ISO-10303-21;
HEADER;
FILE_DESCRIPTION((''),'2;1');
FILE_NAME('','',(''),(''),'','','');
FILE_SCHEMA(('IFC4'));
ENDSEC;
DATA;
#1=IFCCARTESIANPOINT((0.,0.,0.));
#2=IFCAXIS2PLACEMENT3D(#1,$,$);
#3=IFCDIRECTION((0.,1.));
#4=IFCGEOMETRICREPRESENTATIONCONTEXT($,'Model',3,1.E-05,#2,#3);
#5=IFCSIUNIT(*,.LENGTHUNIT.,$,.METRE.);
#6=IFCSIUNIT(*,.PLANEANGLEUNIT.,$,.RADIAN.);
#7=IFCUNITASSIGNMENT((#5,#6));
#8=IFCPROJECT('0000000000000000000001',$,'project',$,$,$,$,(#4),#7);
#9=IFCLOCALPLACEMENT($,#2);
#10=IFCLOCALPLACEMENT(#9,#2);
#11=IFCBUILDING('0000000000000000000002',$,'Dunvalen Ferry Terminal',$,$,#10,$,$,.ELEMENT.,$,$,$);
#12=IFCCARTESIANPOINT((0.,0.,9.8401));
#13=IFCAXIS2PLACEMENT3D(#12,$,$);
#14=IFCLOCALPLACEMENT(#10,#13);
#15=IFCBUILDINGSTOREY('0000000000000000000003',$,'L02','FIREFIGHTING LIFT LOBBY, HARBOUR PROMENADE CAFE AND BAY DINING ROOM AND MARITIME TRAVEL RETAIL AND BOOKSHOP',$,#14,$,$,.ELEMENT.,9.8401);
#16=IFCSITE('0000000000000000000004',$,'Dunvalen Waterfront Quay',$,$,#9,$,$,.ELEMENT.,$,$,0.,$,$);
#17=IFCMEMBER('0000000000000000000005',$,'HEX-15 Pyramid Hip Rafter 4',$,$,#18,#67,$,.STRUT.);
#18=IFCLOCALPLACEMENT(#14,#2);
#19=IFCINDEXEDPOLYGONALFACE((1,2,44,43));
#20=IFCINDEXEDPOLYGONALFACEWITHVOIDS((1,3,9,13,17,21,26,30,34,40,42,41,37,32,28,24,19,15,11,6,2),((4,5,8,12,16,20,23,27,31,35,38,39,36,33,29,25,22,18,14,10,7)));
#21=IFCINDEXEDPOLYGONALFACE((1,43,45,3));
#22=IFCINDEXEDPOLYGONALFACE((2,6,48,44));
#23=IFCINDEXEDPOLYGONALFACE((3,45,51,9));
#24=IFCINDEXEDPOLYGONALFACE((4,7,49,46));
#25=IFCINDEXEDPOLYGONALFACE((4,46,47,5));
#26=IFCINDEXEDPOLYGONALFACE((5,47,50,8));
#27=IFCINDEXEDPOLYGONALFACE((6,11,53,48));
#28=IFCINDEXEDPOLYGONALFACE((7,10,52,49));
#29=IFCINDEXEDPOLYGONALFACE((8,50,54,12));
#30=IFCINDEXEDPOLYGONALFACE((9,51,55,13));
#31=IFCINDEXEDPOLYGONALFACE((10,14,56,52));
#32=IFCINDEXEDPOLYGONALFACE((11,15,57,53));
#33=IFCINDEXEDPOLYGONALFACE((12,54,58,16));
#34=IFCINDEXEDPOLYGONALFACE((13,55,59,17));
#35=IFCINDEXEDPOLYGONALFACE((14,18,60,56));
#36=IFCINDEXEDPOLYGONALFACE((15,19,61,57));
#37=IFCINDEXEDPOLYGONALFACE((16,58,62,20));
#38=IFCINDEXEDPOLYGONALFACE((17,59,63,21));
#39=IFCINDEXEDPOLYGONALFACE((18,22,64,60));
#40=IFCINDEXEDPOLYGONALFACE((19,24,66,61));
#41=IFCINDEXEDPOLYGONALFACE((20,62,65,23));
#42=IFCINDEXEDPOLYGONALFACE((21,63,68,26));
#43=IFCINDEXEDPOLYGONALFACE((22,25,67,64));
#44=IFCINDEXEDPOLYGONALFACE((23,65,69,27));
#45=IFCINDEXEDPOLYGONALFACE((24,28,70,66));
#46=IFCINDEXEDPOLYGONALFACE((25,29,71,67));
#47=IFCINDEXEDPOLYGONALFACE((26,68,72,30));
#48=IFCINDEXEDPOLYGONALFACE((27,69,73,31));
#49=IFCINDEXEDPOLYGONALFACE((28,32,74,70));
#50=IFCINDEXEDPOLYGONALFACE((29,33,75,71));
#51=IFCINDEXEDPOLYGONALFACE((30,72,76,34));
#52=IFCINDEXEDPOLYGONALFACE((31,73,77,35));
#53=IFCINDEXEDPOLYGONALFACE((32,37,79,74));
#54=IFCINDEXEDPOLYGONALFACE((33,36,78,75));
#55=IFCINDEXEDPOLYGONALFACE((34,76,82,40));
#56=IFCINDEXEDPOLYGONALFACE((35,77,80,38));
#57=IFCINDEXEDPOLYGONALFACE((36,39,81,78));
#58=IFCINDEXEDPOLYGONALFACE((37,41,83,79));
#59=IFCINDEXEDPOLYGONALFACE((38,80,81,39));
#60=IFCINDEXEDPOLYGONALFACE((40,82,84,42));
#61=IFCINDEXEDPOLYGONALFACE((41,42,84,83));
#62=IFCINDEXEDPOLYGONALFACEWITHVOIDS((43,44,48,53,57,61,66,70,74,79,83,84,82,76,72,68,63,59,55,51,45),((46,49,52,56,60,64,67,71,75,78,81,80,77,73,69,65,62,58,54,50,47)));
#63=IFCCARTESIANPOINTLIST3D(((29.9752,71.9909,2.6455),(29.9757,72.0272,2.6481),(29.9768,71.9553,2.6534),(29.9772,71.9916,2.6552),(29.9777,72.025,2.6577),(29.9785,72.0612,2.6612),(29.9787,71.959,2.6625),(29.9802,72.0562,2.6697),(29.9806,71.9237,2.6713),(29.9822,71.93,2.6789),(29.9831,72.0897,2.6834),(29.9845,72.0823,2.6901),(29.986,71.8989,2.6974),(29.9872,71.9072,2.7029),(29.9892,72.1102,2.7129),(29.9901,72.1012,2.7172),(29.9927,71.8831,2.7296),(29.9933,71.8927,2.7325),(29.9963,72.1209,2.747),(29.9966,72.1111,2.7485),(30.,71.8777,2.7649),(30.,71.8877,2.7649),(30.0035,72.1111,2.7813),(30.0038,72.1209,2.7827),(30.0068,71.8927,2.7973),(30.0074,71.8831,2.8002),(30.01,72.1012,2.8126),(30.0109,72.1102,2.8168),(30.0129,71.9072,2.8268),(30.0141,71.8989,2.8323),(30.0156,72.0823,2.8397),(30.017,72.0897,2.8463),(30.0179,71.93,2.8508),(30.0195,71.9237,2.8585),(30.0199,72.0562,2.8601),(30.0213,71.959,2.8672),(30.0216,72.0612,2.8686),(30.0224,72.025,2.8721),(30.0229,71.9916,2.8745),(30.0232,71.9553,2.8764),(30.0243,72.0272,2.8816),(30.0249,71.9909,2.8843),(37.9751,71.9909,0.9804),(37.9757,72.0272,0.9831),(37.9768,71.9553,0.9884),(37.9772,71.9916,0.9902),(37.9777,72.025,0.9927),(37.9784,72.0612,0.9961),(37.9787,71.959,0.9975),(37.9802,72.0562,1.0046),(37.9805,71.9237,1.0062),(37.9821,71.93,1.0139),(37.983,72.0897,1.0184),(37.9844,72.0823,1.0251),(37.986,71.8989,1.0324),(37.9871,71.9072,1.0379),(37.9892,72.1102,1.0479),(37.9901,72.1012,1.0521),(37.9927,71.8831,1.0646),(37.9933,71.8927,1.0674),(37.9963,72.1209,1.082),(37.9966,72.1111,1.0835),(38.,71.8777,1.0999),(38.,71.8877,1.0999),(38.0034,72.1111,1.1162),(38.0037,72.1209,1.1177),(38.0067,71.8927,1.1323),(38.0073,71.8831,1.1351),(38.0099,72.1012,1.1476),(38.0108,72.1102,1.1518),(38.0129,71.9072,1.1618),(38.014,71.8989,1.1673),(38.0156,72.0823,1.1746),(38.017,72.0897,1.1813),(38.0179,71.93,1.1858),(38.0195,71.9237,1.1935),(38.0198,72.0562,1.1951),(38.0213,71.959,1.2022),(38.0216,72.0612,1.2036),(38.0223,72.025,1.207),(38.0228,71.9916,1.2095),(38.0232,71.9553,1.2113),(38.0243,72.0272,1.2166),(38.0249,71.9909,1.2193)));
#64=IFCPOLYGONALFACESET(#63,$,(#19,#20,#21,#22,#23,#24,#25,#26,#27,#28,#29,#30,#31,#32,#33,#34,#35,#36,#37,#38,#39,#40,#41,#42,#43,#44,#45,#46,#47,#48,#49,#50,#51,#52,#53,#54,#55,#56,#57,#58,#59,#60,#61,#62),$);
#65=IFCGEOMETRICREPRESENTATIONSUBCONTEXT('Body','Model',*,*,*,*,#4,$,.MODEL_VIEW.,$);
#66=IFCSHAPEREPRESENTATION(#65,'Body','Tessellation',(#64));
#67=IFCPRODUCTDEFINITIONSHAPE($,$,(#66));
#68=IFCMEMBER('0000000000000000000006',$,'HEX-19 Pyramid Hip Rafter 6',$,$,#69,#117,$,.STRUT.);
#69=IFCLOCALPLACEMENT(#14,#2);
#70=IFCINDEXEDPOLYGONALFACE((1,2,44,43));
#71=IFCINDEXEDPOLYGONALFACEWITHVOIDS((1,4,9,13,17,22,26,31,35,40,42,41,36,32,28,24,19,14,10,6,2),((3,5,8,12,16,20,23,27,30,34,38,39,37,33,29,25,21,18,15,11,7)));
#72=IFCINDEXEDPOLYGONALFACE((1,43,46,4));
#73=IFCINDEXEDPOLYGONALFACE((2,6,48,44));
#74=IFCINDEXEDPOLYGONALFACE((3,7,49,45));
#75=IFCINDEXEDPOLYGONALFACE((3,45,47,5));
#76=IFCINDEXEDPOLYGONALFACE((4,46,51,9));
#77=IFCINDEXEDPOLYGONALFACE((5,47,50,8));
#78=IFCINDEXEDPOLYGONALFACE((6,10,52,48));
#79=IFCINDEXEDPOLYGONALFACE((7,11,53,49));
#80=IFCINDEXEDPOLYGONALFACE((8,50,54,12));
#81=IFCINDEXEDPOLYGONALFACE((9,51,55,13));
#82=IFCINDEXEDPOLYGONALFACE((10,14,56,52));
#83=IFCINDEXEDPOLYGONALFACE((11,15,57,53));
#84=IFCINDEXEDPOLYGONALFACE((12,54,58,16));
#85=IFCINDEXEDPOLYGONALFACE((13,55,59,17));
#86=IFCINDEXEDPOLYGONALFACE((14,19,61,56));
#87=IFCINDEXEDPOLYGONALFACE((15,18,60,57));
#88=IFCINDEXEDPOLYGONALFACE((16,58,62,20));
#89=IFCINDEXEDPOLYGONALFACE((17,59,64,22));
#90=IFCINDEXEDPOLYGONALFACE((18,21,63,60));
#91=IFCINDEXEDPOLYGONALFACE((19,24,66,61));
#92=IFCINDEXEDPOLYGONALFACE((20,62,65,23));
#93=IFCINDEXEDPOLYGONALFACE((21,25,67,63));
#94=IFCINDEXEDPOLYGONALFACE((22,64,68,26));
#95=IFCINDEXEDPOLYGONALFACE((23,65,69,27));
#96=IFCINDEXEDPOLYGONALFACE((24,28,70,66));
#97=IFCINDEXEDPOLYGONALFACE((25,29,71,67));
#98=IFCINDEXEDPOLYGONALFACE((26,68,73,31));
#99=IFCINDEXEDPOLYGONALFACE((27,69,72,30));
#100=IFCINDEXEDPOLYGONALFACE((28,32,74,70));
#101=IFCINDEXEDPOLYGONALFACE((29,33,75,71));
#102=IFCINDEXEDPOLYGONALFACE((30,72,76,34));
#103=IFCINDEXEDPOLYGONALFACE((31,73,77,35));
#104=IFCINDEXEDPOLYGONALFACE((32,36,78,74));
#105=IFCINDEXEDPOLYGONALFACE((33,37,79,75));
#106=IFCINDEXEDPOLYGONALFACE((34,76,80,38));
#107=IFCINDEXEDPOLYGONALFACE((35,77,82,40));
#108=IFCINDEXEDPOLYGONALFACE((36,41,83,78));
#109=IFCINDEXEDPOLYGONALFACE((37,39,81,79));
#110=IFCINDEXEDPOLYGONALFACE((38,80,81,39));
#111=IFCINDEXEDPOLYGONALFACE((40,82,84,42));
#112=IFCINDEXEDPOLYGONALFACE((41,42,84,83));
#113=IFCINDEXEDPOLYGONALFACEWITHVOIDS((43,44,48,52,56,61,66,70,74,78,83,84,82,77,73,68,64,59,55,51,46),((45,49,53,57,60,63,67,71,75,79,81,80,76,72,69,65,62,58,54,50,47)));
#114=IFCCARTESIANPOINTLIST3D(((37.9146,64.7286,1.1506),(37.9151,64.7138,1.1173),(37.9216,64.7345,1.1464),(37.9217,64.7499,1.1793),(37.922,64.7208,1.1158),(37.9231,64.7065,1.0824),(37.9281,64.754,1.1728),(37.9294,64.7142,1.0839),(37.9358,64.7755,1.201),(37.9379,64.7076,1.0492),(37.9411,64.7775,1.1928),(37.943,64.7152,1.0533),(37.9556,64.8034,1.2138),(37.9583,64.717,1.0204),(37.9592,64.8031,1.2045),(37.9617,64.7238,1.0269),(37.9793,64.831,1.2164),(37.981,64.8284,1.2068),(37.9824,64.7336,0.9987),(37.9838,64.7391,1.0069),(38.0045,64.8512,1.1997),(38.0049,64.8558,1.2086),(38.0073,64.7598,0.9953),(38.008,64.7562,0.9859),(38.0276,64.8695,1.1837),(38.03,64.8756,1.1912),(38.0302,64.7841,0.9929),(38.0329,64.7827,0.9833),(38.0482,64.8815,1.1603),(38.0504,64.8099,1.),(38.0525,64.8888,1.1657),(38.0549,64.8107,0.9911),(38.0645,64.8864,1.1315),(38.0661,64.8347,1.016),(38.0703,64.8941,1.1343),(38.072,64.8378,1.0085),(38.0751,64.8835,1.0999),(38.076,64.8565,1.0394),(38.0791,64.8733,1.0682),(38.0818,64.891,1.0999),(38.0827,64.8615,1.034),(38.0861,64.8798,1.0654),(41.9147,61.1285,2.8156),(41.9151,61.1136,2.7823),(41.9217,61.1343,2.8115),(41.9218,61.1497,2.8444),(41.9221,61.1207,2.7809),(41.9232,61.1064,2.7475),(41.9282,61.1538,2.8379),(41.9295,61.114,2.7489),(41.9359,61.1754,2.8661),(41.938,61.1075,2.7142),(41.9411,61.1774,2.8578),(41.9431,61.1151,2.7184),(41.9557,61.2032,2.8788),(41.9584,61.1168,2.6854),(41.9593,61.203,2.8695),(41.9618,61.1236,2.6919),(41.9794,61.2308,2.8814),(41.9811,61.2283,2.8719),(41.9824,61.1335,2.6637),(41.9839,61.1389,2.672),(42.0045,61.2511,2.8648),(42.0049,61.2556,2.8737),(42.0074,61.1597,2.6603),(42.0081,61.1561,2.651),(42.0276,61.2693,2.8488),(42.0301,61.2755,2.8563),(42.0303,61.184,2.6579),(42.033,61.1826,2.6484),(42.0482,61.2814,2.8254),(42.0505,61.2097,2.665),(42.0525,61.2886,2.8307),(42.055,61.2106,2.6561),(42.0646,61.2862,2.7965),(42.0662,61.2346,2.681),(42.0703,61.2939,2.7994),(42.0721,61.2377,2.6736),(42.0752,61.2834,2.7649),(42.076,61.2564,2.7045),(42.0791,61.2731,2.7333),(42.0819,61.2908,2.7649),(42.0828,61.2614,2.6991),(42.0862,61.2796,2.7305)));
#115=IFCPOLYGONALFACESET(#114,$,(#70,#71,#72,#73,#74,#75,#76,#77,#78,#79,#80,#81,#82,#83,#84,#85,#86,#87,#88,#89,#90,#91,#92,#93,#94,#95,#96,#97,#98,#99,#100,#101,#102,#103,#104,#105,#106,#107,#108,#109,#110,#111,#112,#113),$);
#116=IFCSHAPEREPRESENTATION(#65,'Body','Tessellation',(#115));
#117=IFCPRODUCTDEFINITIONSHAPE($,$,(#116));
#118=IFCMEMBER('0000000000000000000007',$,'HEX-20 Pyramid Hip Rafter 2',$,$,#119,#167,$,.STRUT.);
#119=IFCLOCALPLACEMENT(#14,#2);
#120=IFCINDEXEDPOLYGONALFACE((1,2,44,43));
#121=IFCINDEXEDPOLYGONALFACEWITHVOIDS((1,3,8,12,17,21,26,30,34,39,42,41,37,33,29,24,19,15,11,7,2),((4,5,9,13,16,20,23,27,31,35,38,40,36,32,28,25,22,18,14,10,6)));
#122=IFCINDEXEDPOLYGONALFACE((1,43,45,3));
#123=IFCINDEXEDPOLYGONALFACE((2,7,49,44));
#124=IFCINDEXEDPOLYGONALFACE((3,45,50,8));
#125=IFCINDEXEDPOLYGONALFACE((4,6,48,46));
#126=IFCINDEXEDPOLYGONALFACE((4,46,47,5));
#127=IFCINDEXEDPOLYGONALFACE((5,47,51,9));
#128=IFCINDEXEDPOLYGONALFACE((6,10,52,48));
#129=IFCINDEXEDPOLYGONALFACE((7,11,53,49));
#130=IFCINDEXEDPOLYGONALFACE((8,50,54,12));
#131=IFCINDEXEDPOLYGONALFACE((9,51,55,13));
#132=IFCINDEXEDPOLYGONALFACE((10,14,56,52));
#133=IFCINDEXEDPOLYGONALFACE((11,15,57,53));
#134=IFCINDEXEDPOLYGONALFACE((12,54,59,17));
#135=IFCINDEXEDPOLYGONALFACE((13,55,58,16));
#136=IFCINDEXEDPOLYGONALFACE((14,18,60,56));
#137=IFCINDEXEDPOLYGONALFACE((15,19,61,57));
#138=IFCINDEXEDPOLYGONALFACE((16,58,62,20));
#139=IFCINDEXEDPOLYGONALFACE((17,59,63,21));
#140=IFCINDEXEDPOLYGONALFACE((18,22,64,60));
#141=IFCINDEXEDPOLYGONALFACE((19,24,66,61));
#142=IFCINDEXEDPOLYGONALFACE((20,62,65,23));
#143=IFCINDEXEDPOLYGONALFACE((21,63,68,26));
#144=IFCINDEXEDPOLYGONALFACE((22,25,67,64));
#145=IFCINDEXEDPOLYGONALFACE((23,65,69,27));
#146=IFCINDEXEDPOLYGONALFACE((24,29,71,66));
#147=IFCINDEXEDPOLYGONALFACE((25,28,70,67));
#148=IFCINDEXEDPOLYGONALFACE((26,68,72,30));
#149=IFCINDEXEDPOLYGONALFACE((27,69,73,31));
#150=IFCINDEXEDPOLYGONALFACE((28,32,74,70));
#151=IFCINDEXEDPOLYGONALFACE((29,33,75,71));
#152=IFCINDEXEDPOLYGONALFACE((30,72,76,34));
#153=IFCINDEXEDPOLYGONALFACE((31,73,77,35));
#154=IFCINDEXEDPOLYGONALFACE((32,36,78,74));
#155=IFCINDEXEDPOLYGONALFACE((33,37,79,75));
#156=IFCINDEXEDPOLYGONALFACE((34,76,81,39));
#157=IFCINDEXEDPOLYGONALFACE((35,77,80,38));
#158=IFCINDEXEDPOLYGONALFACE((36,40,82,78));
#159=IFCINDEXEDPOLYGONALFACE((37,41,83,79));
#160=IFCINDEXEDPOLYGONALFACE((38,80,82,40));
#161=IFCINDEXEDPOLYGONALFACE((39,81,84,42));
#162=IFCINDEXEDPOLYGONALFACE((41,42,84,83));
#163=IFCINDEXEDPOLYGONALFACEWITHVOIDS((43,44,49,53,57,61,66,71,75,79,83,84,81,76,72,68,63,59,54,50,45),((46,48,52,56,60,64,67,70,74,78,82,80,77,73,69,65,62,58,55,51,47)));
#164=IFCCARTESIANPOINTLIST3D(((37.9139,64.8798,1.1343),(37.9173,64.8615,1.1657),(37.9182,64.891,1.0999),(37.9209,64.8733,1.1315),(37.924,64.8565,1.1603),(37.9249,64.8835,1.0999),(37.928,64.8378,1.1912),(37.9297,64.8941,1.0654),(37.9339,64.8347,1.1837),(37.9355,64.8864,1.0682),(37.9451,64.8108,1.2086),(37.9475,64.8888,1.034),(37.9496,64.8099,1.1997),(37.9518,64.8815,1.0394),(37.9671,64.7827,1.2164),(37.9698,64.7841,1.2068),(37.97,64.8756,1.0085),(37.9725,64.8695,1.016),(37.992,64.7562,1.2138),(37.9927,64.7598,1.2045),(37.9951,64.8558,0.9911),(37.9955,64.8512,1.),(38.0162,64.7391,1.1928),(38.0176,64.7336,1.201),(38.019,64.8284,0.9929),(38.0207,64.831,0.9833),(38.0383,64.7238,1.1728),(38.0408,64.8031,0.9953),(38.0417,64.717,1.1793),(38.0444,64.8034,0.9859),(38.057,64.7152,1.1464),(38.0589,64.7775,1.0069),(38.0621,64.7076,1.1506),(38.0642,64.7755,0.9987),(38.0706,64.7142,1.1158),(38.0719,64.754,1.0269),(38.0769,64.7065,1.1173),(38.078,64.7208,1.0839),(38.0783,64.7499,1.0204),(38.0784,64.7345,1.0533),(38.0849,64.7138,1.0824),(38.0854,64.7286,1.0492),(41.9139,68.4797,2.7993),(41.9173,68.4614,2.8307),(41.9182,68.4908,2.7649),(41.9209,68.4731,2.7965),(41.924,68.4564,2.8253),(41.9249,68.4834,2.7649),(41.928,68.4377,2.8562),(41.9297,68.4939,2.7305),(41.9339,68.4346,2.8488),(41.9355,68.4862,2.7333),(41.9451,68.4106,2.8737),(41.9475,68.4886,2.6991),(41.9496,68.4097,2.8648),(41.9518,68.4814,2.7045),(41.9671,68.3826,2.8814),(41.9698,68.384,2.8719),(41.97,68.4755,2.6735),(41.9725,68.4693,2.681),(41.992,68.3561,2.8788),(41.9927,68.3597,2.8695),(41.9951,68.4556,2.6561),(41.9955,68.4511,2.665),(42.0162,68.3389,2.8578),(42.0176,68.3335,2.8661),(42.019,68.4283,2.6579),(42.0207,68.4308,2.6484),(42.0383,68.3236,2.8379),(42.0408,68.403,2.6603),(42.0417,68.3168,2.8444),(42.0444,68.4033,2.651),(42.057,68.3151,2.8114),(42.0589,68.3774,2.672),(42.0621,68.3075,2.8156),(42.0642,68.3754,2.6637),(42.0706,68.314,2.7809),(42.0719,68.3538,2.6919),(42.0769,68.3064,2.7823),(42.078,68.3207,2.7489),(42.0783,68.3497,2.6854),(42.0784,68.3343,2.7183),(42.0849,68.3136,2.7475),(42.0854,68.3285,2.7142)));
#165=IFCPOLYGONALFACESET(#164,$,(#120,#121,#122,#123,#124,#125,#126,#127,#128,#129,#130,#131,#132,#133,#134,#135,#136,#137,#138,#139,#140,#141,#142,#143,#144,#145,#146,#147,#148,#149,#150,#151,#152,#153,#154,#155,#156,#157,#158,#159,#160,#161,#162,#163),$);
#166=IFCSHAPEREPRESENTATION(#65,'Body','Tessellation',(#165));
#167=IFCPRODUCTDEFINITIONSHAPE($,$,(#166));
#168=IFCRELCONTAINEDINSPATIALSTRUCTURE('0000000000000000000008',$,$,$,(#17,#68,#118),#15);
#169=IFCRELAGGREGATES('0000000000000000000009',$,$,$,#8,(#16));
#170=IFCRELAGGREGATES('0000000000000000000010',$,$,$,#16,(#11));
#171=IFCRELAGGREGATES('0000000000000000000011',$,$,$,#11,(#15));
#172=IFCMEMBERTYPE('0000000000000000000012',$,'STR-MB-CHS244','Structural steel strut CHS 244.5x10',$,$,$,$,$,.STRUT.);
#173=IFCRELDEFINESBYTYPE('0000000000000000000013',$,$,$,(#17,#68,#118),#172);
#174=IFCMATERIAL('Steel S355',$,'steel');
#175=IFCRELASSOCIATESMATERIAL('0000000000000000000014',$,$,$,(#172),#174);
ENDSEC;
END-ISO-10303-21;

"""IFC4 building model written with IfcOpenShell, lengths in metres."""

from ifc_helpers import new_model, si_unit, direction, frame, origin, origin_2d, place, context, subcontext, project, spatial, hollow_circle, extrude, material, material_profile, profile_set, type_object, element, save


model = new_model("IFC4")

# Units and contexts
model_context = context("Model", 3, precision=1e-05, world=origin(), true_north=direction((0.0, 1.0)))
body_context = subcontext(model_context, "Body", "Model", "MODEL_VIEW")
ifc_project = project(units=[si_unit("LENGTHUNIT", "METRE"), si_unit("PLANEANGLEUNIT", "RADIAN")], contexts=[model_context])

# Site, building, storey
site_placement = place(None, origin())
site = spatial("IfcSite", under=ifc_project, at=site_placement, Name="Dunvalen Waterfront Quay", CompositionType="ELEMENT", RefElevation=0.0)
building_placement = place(site_placement, origin())
building = spatial("IfcBuilding", under=site, at=building_placement, Name="Dunvalen Ferry Terminal", CompositionType="ELEMENT")
storey_placement = place(building_placement, frame((0.0, 0.0, 9.8401)))
storey = spatial("IfcBuildingStorey", under=building, at=storey_placement, Name="L02", Description="FIREFIGHTING LIFT LOBBY, HARBOUR PROMENADE CAFE AND BAY DINING ROOM AND MARITIME TRAVEL RETAIL AND BOOKSHOP", CompositionType="ELEMENT", Elevation=9.8401)

# Shared definitions
ifc_material_1 = material(Name="Steel S355", Category="steel")

# Members
ifc_material_profile_1 = material_profile(ifc_material_1, hollow_circle(Radius=0.1223, WallThickness=0.01, at=origin_2d()), Name="Steel S355")
ifc_profile_set_1 = profile_set([ifc_material_profile_1], Name="Steel S355")
member_type_1 = type_object("IfcMemberType", Name="STR-MB-CHS244", Description="Structural steel strut CHS 244.5x10", PredefinedType="STRUT", material=ifc_profile_set_1)
member_1_placement = place(storey_placement, frame((38.0, 72.0, 1.0999), z_axis=(-0.97902, 0.0, 0.203763), x_axis=(0.0, -1.0, 0.0)))
element("IfcMember", 1, at=member_1_placement, inside=storey, type_object=member_type_1, Name="HEX-15 Pyramid Hip Rafter 4", PredefinedType="STRUT", context=body_context, shape_type="SweptSolid", body=[
    extrude(hollow_circle(Radius=0.1223, WallThickness=0.01, at=origin_2d()), origin(), (0.0, 0.0, 1.0), 8.1714),
])
member_2_placement = place(storey_placement, frame((38.0, 64.8, 1.0999), z_axis=(0.710075, -0.639085, 0.295576), x_axis=(0.668975, 0.743285, 0.0)))
element("IfcMember", 2, at=member_2_placement, inside=storey, type_object=member_type_1, Name="HEX-19 Pyramid Hip Rafter 6", PredefinedType="STRUT", context=body_context, shape_type="SweptSolid", body=[
    extrude(hollow_circle(Radius=0.1223, WallThickness=0.01, at=origin_2d()), origin(), (0.0, 0.0, 1.0), 5.6333),
])
member_3_placement = place(storey_placement, frame((38.0, 64.8, 1.0999), z_axis=(0.710094, 0.639059, 0.295584), x_axis=(-0.66895, 0.743308, 0.0)))
element("IfcMember", 3, at=member_3_placement, inside=storey, type_object=member_type_1, Name="HEX-20 Pyramid Hip Rafter 2", PredefinedType="STRUT", context=body_context, shape_type="SweptSolid", body=[
    extrude(hollow_circle(Radius=0.1223, WallThickness=0.01, at=origin_2d()), origin(), (0.0, 0.0, 1.0), 5.6331),
])

save(model, "model.ifc")
